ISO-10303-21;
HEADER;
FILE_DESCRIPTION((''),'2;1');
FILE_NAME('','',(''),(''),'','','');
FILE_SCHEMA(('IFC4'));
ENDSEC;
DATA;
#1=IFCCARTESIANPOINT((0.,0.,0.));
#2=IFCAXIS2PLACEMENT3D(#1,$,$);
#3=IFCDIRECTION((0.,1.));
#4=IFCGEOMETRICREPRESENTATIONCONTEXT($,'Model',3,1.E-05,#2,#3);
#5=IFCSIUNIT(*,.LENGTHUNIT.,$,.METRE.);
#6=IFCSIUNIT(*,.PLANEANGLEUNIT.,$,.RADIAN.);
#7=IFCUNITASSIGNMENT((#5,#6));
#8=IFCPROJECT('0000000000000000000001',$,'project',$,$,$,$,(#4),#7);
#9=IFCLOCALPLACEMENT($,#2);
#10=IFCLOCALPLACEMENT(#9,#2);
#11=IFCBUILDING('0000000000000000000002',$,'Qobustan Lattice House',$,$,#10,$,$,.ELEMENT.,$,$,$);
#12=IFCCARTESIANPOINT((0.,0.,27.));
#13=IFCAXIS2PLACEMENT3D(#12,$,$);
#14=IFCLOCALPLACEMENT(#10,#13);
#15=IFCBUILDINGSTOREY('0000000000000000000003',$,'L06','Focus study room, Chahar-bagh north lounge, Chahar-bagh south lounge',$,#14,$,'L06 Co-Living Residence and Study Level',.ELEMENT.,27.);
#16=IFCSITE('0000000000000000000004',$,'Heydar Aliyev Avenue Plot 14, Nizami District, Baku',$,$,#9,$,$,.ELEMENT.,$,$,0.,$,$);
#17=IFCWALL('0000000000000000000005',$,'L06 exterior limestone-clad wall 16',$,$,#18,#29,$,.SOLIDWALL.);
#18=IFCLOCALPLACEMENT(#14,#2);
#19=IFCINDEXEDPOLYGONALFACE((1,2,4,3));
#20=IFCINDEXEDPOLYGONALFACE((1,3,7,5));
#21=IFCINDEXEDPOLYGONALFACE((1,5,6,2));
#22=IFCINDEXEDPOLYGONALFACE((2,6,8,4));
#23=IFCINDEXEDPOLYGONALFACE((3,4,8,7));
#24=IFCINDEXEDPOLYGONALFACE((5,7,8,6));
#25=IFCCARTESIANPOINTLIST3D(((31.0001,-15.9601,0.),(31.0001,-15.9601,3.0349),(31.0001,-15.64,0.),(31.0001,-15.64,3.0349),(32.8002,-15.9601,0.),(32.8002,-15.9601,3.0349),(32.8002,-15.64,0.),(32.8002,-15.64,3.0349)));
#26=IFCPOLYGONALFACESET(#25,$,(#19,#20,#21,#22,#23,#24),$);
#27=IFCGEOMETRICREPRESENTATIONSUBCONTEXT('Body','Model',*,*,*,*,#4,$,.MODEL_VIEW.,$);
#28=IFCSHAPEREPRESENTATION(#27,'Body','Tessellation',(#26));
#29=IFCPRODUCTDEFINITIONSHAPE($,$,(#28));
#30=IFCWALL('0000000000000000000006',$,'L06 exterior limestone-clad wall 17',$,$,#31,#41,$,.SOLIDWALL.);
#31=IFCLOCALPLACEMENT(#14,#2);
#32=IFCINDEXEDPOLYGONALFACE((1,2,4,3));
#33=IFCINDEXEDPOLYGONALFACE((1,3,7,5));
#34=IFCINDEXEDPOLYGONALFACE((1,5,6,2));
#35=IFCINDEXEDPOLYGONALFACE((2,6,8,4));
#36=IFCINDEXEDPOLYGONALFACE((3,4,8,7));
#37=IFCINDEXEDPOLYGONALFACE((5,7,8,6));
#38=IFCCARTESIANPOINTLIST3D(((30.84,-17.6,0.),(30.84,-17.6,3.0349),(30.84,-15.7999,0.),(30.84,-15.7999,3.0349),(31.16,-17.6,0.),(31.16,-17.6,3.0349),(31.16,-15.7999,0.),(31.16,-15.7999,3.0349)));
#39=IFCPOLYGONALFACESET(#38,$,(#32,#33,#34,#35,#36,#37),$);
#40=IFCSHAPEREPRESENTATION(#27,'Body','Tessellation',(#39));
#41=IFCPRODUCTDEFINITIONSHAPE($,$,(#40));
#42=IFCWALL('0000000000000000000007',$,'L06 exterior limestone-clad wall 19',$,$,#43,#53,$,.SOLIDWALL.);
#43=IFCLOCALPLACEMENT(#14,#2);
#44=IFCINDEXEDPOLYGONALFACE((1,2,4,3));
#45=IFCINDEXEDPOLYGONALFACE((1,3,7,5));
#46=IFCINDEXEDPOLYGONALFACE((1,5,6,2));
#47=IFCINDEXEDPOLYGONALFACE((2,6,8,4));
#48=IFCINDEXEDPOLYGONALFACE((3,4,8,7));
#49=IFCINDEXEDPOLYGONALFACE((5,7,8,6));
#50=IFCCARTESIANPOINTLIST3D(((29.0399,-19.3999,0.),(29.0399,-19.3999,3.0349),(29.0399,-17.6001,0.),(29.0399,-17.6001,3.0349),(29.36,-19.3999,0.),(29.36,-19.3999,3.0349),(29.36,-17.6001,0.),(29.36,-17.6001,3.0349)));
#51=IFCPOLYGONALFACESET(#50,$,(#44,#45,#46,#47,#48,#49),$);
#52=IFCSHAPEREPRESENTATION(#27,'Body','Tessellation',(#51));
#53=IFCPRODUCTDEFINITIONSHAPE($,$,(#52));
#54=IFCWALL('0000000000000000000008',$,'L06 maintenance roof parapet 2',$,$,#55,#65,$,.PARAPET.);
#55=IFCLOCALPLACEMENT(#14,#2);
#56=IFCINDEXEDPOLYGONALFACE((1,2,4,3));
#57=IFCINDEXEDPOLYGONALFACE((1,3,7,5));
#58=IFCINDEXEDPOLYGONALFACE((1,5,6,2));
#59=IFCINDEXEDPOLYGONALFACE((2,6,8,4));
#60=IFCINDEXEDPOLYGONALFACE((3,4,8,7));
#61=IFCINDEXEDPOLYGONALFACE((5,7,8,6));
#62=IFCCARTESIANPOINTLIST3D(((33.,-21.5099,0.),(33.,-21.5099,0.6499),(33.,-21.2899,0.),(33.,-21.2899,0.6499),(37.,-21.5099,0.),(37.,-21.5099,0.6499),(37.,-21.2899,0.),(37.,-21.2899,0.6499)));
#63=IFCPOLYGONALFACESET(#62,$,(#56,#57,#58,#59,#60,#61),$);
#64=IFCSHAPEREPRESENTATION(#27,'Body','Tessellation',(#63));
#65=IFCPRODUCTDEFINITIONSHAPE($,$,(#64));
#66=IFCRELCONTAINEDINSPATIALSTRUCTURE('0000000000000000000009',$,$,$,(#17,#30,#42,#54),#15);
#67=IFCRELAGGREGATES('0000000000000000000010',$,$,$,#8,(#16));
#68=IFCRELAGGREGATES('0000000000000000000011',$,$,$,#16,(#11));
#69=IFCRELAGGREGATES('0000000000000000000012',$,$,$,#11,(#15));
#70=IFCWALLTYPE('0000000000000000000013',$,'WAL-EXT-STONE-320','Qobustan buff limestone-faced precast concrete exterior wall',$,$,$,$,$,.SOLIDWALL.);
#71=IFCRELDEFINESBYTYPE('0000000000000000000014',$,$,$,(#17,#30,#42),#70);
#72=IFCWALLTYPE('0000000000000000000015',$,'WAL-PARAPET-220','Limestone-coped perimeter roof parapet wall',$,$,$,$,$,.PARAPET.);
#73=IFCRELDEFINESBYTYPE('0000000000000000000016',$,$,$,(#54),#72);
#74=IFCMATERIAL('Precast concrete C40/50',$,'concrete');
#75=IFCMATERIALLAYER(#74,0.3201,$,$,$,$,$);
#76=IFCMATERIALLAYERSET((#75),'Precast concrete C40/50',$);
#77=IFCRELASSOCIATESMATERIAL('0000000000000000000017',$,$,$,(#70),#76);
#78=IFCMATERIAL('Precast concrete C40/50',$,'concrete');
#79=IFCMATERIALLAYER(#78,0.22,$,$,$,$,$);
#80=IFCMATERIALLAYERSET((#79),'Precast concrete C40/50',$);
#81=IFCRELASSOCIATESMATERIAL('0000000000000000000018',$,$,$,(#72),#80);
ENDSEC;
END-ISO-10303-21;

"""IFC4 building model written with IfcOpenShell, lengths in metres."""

from ifc_helpers import new_model, si_unit, direction, frame, frame_2d, origin, place, context, subcontext, project, spatial, rectangle, extrude, material, layer, layer_set, type_object, element, save


model = new_model("IFC4")

# Units and contexts
model_context = context("Model", 3, precision=1e-05, world=origin(), true_north=direction((0.0, 1.0)))
body_context = subcontext(model_context, "Body", "Model", "MODEL_VIEW")
ifc_project = project(units=[si_unit("LENGTHUNIT", "METRE"), si_unit("PLANEANGLEUNIT", "RADIAN")], contexts=[model_context])

# Site, building, storey
site_placement = place(None, origin())
site = spatial("IfcSite", under=ifc_project, at=site_placement, Name="Heydar Aliyev Avenue Plot 14, Nizami District, Baku", CompositionType="ELEMENT", RefElevation=0.0)
building_placement = place(site_placement, origin())
building = spatial("IfcBuilding", under=site, at=building_placement, Name="Qobustan Lattice House", CompositionType="ELEMENT")
storey_placement = place(building_placement, frame((0.0, 0.0, 27.0)))
storey = spatial("IfcBuildingStorey", under=building, at=storey_placement, Name="L06", Description="Focus study room, Chahar-bagh north lounge, Chahar-bagh south lounge", LongName="L06 Co-Living Residence and Study Level", CompositionType="ELEMENT", Elevation=27.0)

# Walls
ifc_material_1 = material(Name="Precast concrete C40/50", Category="concrete")
ifc_layer_1 = layer(ifc_material_1, 0.3201)
ifc_layer_set_1 = layer_set([ifc_layer_1], Name="Precast concrete C40/50")
wall_type_1 = type_object("IfcWallType", Name="WAL-EXT-STONE-320", Description="Qobustan buff limestone-faced precast concrete exterior wall", PredefinedType="SOLIDWALL", material=ifc_layer_set_1)
for number, where, z_axis, x_axis, name in (
    (1, (32.8, -15.8, 0.0), (0.0, 0.0, 1.0), (-1.0, 0.0, 0.0), "L06 exterior limestone-clad wall 16"),
    (2, (31.0, -15.8, 0.0), (0.0, 0.0, 1.0), (0.0, -1.0, 0.0), "L06 exterior limestone-clad wall 17"),
):
    element("IfcWall", number, at=place(storey_placement, frame(where, z_axis=z_axis, x_axis=x_axis)), inside=storey, type_object=wall_type_1, Name=name, PredefinedType="SOLIDWALL", context=body_context, shape_type="SweptSolid", body=[
        extrude(rectangle(XDim=1.8, YDim=0.3201, at=frame_2d((0.8999, 0.0))), origin(), (0.0, 0.0, 1.0), 3.0349),
    ])
wall_1_placement = place(storey_placement, frame((29.2, -17.6001, 0.0), z_axis=(0.0, 0.0, 1.0), x_axis=(0.0, -1.0, 0.0)))
element("IfcWall", 3, at=wall_1_placement, inside=storey, type_object=wall_type_1, Name="L06 exterior limestone-clad wall 19", PredefinedType="SOLIDWALL", context=body_context, shape_type="SweptSolid", body=[
    extrude(rectangle(XDim=1.7998, YDim=0.3201, at=frame_2d((0.8999, 0.0))), origin(), (0.0, 0.0, 1.0), 3.0349),
])

# Wall
ifc_material_2 = material(Name="Precast concrete C40/50", Category="concrete")
ifc_layer_2 = layer(ifc_material_2, 0.22)
ifc_layer_set_2 = layer_set([ifc_layer_2], Name="Precast concrete C40/50")
wall_type_2 = type_object("IfcWallType", Name="WAL-PARAPET-220", Description="Limestone-coped perimeter roof parapet wall", PredefinedType="PARAPET", material=ifc_layer_set_2)
wall_2_placement = place(storey_placement, frame((33.0, -21.3999, 0.0), z_axis=(0.0, 0.0, 1.0), x_axis=(1.0, 0.0, 0.0)))
element("IfcWall", 4, at=wall_2_placement, inside=storey, type_object=wall_type_2, Name="L06 maintenance roof parapet 2", PredefinedType="PARAPET", context=body_context, shape_type="SweptSolid", body=[
    extrude(rectangle(XDim=4.0, YDim=0.22, at=frame_2d((2.0, 0.0))), origin(), (0.0, 0.0, 1.0), 0.6499),
])

save(model, "model.ifc")
